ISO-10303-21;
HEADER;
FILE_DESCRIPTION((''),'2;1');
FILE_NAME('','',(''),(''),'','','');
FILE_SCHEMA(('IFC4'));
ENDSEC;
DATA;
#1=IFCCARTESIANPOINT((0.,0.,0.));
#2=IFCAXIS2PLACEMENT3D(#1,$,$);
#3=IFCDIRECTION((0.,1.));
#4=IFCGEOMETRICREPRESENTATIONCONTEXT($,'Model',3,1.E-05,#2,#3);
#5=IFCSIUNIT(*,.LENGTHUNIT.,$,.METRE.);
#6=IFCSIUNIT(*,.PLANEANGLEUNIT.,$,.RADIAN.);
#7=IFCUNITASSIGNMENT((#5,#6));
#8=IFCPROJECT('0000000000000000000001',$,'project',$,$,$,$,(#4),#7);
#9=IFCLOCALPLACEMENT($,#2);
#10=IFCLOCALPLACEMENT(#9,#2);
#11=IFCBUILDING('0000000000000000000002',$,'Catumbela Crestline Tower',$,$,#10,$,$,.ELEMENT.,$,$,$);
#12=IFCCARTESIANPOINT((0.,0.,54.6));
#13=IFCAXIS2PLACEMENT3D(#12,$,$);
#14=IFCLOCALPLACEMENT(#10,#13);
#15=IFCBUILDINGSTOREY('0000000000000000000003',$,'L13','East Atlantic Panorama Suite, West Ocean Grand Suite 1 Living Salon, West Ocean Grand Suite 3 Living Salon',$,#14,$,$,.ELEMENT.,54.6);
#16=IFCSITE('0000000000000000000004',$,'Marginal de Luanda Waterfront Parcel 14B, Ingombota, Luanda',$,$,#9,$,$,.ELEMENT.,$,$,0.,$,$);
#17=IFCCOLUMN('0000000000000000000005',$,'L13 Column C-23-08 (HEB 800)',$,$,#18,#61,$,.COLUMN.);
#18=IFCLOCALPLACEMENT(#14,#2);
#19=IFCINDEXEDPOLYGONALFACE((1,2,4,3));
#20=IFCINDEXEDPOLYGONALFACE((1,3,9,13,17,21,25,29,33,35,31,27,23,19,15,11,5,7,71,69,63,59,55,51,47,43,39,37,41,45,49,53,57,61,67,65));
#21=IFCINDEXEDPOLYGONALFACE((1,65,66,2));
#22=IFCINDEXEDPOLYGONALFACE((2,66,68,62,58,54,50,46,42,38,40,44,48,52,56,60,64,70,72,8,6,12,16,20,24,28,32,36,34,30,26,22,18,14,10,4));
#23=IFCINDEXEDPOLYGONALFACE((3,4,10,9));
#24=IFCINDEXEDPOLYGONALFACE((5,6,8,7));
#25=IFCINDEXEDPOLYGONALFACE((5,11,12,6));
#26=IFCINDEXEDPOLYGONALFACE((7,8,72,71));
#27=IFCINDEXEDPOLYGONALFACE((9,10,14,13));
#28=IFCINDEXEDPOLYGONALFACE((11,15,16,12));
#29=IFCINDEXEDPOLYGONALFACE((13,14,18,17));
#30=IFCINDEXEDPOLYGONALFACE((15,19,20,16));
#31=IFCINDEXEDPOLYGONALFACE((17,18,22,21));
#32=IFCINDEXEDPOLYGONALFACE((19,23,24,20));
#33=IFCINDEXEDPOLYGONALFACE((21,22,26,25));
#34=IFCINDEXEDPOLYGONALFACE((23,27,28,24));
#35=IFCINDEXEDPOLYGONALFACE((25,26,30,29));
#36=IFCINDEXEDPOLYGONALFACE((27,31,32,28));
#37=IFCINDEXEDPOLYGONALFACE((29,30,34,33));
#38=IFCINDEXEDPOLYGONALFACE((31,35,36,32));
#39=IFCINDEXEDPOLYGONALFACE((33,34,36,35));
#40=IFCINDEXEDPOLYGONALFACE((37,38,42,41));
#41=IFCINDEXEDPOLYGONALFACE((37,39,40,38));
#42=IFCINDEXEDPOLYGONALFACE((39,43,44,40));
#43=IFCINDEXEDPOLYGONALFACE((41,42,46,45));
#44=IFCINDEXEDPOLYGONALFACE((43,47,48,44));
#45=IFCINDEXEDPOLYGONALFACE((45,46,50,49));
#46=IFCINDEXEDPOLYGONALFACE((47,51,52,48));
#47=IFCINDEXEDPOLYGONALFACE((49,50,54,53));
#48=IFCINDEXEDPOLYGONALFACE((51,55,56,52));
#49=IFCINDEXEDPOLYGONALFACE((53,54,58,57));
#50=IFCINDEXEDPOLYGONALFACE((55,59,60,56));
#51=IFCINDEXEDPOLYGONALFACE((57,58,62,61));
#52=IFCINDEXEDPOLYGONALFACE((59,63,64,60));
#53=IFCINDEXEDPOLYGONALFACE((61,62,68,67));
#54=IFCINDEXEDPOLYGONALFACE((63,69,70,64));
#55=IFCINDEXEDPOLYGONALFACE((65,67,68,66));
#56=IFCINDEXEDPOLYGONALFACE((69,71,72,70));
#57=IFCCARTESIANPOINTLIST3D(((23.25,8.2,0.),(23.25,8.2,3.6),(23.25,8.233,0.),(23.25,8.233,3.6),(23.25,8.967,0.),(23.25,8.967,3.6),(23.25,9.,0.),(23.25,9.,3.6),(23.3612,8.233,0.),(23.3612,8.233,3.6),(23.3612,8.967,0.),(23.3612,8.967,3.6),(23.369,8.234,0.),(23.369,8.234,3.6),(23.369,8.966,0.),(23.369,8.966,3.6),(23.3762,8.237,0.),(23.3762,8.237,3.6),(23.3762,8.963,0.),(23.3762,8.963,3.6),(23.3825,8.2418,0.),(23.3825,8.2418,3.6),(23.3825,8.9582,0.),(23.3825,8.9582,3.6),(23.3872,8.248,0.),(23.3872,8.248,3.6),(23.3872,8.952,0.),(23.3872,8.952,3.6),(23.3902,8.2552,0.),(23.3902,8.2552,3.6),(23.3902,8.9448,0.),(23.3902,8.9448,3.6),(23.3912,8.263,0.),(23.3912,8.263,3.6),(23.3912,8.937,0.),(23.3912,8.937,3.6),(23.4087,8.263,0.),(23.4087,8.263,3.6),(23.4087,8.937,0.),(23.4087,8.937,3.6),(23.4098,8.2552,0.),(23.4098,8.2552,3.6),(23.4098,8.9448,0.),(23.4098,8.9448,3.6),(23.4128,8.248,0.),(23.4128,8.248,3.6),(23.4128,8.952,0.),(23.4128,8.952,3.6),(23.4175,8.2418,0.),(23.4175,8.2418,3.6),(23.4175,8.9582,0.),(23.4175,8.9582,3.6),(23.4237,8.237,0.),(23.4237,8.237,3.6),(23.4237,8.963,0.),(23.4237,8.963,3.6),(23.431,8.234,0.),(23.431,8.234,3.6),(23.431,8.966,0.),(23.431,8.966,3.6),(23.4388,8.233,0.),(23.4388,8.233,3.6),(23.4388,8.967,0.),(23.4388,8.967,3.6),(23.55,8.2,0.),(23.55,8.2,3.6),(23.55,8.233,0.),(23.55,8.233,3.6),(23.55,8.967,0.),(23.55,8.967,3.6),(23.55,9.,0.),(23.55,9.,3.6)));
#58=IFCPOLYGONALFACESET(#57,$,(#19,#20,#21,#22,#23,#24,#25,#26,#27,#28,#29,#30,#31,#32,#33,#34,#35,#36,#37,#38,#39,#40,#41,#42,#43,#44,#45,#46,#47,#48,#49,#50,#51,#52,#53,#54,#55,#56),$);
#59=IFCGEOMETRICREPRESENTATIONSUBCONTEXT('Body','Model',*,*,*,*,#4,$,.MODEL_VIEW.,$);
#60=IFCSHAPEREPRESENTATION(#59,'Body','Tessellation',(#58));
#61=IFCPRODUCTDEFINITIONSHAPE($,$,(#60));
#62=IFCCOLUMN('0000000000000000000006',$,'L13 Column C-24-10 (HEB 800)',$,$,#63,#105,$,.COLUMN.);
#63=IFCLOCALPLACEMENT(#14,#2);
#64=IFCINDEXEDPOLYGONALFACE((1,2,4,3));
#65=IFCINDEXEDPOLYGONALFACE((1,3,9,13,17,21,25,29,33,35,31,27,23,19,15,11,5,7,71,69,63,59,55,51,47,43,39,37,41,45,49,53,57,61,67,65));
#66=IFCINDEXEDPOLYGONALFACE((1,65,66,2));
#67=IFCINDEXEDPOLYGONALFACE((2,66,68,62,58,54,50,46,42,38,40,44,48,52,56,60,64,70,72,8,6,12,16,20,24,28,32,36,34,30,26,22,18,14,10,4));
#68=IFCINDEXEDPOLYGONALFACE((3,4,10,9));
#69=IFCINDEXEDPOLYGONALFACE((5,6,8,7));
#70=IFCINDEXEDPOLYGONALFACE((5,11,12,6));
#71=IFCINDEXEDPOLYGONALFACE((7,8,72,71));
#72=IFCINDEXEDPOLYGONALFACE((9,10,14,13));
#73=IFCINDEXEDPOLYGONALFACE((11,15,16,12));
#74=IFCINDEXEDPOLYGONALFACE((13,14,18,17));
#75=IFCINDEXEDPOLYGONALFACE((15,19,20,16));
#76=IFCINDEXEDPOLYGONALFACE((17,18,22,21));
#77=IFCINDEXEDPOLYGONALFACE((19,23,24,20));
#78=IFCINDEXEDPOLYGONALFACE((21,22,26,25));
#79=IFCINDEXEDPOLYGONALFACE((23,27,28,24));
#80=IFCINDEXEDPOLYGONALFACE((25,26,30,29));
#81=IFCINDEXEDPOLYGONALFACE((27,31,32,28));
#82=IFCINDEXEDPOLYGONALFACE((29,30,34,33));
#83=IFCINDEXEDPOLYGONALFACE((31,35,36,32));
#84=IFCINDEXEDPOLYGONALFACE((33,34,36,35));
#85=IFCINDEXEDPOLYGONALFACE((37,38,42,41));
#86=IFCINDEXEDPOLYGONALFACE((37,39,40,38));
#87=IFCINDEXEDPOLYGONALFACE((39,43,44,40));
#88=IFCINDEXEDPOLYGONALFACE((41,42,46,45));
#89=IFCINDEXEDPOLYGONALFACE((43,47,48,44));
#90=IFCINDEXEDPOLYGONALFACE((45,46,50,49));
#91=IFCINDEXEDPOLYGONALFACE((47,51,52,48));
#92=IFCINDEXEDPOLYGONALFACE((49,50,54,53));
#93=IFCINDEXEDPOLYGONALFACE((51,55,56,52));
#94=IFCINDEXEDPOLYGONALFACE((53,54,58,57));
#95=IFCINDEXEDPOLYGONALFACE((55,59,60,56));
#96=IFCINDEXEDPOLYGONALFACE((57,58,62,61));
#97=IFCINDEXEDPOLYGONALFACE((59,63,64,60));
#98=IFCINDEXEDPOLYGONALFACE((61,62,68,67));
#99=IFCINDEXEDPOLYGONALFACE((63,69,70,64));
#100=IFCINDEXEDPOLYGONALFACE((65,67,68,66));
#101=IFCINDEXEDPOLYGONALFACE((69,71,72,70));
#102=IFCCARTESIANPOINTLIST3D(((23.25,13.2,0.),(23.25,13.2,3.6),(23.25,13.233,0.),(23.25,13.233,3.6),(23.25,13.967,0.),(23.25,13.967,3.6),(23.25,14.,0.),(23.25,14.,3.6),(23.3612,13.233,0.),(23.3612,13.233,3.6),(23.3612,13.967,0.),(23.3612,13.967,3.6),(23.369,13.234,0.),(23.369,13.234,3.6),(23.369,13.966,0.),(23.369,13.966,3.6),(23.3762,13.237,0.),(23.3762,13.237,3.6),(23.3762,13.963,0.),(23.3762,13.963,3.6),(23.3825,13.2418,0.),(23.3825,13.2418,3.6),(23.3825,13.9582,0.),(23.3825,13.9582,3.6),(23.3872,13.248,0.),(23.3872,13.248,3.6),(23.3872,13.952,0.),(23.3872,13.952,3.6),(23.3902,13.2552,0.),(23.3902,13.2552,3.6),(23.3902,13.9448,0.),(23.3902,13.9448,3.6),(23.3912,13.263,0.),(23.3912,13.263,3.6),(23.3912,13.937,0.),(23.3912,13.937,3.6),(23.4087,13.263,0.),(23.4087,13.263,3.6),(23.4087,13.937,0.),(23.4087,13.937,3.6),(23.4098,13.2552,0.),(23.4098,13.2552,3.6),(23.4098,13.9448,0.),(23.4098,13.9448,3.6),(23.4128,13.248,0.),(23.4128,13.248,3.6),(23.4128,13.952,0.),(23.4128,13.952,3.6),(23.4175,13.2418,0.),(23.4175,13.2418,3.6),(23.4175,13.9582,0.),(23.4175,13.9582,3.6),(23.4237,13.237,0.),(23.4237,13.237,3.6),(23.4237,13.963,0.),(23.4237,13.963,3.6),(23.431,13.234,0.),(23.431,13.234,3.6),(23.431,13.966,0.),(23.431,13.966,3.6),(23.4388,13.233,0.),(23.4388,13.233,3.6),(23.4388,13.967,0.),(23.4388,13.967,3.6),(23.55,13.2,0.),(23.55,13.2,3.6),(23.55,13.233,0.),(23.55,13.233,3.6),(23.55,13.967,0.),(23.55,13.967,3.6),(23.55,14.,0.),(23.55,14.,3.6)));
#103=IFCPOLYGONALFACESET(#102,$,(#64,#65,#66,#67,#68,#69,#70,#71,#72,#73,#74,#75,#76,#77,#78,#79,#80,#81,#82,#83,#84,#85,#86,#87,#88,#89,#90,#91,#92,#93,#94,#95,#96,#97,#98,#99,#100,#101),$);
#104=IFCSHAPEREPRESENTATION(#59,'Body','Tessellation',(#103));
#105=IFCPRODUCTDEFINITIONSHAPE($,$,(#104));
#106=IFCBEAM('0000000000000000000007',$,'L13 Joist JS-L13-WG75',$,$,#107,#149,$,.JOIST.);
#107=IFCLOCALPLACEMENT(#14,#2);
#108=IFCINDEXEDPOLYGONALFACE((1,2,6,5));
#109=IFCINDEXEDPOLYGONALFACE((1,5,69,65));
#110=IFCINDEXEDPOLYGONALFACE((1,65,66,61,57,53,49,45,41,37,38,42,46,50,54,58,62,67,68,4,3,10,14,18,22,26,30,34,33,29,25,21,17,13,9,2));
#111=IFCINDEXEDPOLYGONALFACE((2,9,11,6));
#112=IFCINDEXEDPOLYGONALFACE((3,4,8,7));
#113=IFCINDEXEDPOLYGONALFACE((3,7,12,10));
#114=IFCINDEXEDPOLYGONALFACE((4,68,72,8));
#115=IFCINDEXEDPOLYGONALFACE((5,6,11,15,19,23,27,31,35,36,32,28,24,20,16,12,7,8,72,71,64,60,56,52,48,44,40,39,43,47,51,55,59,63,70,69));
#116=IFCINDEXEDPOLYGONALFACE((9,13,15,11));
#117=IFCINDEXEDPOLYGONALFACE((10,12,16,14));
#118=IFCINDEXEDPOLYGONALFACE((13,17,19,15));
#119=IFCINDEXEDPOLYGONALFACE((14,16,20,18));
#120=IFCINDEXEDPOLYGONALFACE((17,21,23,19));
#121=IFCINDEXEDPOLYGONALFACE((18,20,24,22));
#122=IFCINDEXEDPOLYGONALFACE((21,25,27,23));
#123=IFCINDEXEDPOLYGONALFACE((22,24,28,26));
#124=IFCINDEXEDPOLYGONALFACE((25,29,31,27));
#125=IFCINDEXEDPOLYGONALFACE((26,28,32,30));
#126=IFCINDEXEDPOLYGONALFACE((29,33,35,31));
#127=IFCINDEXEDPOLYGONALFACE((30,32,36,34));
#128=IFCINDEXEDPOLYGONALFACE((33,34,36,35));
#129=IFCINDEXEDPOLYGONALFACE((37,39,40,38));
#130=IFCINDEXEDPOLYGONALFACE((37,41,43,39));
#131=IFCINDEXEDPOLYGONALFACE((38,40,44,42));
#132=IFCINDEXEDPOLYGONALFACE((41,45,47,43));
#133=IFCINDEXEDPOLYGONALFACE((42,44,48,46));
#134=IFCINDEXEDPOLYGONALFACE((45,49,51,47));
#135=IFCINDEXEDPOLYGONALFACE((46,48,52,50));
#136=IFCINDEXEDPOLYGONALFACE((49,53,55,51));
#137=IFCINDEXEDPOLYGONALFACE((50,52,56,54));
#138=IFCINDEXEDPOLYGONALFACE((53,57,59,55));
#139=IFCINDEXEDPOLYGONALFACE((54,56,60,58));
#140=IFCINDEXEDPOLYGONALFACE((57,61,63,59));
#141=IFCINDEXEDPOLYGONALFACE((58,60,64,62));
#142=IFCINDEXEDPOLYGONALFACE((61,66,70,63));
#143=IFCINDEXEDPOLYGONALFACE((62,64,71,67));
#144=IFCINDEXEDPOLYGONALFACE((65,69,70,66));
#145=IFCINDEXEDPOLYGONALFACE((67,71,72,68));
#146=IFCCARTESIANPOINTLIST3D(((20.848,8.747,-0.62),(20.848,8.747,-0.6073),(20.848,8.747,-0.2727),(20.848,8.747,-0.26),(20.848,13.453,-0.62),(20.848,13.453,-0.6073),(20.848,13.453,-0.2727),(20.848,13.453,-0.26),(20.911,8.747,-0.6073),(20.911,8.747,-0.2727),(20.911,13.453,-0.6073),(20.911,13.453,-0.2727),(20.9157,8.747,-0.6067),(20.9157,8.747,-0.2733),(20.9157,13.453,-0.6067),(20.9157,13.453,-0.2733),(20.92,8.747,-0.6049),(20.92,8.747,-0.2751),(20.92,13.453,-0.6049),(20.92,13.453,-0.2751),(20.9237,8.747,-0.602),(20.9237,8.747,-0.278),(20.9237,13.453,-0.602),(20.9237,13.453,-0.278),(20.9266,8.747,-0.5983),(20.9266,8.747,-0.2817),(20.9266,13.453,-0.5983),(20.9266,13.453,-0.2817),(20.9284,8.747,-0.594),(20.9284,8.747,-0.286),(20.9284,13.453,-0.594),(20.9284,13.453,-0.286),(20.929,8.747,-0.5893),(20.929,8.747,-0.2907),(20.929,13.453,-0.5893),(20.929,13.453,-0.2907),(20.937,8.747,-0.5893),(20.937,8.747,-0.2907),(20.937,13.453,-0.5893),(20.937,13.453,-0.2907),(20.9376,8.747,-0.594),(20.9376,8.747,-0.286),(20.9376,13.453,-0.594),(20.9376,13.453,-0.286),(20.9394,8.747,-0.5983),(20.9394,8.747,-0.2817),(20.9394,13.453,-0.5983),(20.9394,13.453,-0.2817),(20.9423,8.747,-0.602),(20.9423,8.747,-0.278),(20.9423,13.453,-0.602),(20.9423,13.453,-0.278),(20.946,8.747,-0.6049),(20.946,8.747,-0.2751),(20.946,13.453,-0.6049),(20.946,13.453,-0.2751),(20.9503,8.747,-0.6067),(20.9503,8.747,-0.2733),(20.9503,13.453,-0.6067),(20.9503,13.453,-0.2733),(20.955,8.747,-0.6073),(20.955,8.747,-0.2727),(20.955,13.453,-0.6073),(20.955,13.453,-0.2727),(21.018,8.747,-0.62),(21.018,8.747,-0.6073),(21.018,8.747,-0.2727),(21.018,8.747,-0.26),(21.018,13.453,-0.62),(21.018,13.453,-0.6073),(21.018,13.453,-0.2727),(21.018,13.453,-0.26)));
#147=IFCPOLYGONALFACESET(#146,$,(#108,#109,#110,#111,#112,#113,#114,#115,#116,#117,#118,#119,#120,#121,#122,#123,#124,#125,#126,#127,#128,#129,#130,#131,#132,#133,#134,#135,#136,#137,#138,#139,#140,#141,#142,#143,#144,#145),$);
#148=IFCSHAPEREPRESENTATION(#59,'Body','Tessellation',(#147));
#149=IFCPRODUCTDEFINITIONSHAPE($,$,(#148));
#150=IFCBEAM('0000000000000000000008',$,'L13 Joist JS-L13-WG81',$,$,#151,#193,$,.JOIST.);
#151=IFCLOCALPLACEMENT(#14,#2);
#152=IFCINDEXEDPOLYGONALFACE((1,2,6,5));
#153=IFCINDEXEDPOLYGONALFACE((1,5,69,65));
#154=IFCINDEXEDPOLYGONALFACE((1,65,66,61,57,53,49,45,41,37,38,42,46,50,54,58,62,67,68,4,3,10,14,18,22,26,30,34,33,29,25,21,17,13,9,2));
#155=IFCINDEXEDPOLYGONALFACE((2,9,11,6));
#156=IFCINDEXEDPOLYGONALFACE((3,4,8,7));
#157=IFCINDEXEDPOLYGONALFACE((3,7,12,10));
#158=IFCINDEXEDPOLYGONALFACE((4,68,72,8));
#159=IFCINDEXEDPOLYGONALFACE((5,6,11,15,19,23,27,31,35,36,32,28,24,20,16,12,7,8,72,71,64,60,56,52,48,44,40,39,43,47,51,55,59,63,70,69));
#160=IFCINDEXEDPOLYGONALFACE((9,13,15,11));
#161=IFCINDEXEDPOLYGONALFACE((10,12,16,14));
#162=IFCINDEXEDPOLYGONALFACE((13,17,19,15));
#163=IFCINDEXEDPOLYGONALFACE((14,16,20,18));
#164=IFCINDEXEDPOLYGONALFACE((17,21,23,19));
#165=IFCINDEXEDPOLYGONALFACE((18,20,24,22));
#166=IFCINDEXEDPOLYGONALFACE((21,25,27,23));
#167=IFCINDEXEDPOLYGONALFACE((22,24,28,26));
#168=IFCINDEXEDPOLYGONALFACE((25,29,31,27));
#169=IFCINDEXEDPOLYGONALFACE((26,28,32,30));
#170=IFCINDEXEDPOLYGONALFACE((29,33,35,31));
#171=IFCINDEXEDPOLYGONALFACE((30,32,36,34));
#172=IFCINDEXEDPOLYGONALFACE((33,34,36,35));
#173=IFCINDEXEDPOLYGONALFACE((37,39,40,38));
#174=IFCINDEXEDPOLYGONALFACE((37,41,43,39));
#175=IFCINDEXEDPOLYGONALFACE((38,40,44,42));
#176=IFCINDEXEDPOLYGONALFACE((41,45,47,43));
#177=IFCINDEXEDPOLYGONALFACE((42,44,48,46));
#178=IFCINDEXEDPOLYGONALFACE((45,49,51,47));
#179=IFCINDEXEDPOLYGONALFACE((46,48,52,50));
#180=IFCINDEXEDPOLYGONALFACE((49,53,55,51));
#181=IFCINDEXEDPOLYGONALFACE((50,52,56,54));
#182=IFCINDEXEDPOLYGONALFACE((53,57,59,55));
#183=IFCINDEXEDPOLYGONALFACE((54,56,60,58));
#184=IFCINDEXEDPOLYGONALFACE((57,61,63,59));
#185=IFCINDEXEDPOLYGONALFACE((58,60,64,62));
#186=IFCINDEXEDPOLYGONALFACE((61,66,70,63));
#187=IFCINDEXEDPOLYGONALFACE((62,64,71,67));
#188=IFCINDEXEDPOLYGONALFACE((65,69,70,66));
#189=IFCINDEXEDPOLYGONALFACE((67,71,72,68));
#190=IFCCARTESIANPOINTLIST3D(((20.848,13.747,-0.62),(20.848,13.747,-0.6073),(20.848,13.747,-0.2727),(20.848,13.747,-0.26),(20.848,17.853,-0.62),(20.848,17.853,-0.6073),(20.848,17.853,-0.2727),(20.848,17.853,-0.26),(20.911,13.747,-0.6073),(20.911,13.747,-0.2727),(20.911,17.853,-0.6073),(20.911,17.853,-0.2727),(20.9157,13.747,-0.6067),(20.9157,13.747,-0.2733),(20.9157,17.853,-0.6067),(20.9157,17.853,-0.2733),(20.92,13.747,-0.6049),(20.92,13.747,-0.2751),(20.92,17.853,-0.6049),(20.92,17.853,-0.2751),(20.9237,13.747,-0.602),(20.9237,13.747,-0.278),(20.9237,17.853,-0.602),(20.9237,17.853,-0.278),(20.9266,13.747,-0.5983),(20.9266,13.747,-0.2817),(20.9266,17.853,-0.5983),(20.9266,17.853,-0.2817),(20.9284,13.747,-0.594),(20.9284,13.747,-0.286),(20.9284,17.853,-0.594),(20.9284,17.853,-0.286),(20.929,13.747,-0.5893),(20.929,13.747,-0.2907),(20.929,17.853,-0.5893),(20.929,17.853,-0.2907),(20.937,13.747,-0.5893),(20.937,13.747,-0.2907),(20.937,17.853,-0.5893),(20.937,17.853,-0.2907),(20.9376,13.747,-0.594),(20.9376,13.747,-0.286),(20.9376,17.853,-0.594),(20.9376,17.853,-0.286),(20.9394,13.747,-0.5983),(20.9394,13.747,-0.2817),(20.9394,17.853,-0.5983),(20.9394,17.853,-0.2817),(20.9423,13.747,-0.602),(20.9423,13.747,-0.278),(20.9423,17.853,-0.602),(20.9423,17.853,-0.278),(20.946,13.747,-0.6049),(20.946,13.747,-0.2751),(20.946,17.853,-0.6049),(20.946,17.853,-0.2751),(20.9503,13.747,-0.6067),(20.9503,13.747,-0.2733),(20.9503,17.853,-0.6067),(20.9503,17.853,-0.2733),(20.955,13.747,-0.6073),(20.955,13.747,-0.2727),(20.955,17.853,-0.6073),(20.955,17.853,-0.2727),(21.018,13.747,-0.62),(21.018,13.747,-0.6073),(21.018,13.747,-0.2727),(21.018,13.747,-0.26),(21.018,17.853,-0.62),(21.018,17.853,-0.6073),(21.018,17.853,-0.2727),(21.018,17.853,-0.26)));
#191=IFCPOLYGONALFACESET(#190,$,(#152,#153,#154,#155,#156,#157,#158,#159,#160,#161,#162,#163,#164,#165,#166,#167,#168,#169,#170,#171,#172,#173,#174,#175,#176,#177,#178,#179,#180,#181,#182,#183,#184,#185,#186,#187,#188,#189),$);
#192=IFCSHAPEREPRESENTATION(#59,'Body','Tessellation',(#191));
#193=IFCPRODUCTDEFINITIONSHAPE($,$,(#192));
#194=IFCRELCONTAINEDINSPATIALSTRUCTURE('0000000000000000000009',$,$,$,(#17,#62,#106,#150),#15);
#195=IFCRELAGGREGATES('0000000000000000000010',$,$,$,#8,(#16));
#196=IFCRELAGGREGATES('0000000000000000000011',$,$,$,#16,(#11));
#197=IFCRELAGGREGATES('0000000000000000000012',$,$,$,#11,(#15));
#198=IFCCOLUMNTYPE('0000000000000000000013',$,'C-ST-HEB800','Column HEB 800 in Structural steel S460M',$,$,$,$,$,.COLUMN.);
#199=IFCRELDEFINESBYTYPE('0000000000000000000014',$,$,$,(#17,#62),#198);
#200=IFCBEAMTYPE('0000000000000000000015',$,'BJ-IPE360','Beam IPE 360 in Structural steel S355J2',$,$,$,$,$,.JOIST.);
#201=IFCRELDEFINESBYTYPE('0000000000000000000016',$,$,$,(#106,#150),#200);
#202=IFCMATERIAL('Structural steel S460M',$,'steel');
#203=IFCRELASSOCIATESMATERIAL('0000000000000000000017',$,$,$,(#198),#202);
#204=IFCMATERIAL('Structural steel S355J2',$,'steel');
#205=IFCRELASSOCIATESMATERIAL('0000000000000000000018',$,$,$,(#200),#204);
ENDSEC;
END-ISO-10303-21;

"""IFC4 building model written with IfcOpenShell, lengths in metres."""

from ifc_helpers import new_model, si_unit, direction, frame, origin, origin_2d, place, context, subcontext, project, spatial, i_section, extrude, material, material_profile, profile_set, type_object, element, save


model = new_model("IFC4")

# Units and contexts
model_context = context("Model", 3, precision=1e-05, world=origin(), true_north=direction((0.0, 1.0)))
body_context = subcontext(model_context, "Body", "Model", "MODEL_VIEW")
ifc_project = project(units=[si_unit("LENGTHUNIT", "METRE"), si_unit("PLANEANGLEUNIT", "RADIAN")], contexts=[model_context])

# Site, building, storey
site_placement = place(None, origin())
site = spatial("IfcSite", under=ifc_project, at=site_placement, Name="Marginal de Luanda Waterfront Parcel 14B, Ingombota, Luanda", CompositionType="ELEMENT", RefElevation=0.0)
building_placement = place(site_placement, origin())
building = spatial("IfcBuilding", under=site, at=building_placement, Name="Catumbela Crestline Tower", CompositionType="ELEMENT")
storey_placement = place(building_placement, frame((0.0, 0.0, 54.6)))
storey = spatial("IfcBuildingStorey", under=building, at=storey_placement, Name="L13", Description="East Atlantic Panorama Suite, West Ocean Grand Suite 1 Living Salon, West Ocean Grand Suite 3 Living Salon", CompositionType="ELEMENT", Elevation=54.6)

# Columns
ifc_material_1 = material(Name="Structural steel S460M", Category="steel")
ifc_material_profile_1 = material_profile(ifc_material_1, i_section(OverallWidth=0.3, OverallDepth=0.8, WebThickness=0.0175, FlangeThickness=0.033, FilletRadius=0.03, at=origin_2d()), Name="HEB 800")
ifc_profile_set_1 = profile_set([ifc_material_profile_1], Name="Structural steel S460M")
column_type = type_object("IfcColumnType", Name="C-ST-HEB800", Description="Column HEB 800 in Structural steel S460M", PredefinedType="COLUMN", material=ifc_profile_set_1)
for number, where, z_axis, x_axis, name in (
    (1, (23.4, 8.6, 0.0), (0.0, 0.0, 1.0), (1.0, 0.0, 0.0), "L13 Column C-23-08 (HEB 800)"),
    (2, (23.4, 13.6, 0.0), (0.0, 0.0, 1.0), (1.0, 0.0, 0.0), "L13 Column C-24-10 (HEB 800)"),
):
    element("IfcColumn", number, at=place(storey_placement, frame(where, z_axis=z_axis, x_axis=x_axis)), inside=storey, type_object=column_type, Name=name, PredefinedType="COLUMN", context=body_context, shape_type="SweptSolid", body=[
        extrude(i_section(OverallWidth=0.3, OverallDepth=0.8, WebThickness=0.0175, FlangeThickness=0.033, FilletRadius=0.03, at=origin_2d()), origin(), (0.0, 0.0, 1.0), 3.6),
    ])

# Beams
ifc_material_2 = material(Name="Structural steel S355J2", Category="steel")
ifc_material_profile_2 = material_profile(ifc_material_2, i_section(OverallWidth=0.17, OverallDepth=0.36, WebThickness=0.008, FlangeThickness=0.0127, FilletRadius=0.018, at=origin_2d()), Name="IPE 360")
ifc_profile_set_2 = profile_set([ifc_material_profile_2], Name="Structural steel S355J2")
beam_type_1 = type_object("IfcBeamType", Name="BJ-IPE360", Description="Beam IPE 360 in Structural steel S355J2", PredefinedType="JOIST", material=ifc_profile_set_2)
beam_1_placement = place(storey_placement, frame((20.933, 8.747, -0.44), z_axis=(0.0, 1.0, 0.0), x_axis=(-1.0, 0.0, 0.0)))
element("IfcBeam", 3, at=beam_1_placement, inside=storey, type_object=beam_type_1, Name="L13 Joist JS-L13-WG75", PredefinedType="JOIST", context=body_context, shape_type="SweptSolid", body=[
    extrude(i_section(OverallWidth=0.17, OverallDepth=0.36, WebThickness=0.008, FlangeThickness=0.0127, FilletRadius=0.018, at=origin_2d()), origin(), (0.0, 0.0, 1.0), 4.706),
])
beam_2_placement = place(storey_placement, frame((20.933, 13.747, -0.44), z_axis=(0.0, 1.0, 0.0), x_axis=(-1.0, 0.0, 0.0)))
element("IfcBeam", 4, at=beam_2_placement, inside=storey, type_object=beam_type_1, Name="L13 Joist JS-L13-WG81", PredefinedType="JOIST", context=body_context, shape_type="SweptSolid", body=[
    extrude(i_section(OverallWidth=0.17, OverallDepth=0.36, WebThickness=0.008, FlangeThickness=0.0127, FilletRadius=0.018, at=origin_2d()), origin(), (0.0, 0.0, 1.0), 4.106),
])

save(model, "model.ifc")
